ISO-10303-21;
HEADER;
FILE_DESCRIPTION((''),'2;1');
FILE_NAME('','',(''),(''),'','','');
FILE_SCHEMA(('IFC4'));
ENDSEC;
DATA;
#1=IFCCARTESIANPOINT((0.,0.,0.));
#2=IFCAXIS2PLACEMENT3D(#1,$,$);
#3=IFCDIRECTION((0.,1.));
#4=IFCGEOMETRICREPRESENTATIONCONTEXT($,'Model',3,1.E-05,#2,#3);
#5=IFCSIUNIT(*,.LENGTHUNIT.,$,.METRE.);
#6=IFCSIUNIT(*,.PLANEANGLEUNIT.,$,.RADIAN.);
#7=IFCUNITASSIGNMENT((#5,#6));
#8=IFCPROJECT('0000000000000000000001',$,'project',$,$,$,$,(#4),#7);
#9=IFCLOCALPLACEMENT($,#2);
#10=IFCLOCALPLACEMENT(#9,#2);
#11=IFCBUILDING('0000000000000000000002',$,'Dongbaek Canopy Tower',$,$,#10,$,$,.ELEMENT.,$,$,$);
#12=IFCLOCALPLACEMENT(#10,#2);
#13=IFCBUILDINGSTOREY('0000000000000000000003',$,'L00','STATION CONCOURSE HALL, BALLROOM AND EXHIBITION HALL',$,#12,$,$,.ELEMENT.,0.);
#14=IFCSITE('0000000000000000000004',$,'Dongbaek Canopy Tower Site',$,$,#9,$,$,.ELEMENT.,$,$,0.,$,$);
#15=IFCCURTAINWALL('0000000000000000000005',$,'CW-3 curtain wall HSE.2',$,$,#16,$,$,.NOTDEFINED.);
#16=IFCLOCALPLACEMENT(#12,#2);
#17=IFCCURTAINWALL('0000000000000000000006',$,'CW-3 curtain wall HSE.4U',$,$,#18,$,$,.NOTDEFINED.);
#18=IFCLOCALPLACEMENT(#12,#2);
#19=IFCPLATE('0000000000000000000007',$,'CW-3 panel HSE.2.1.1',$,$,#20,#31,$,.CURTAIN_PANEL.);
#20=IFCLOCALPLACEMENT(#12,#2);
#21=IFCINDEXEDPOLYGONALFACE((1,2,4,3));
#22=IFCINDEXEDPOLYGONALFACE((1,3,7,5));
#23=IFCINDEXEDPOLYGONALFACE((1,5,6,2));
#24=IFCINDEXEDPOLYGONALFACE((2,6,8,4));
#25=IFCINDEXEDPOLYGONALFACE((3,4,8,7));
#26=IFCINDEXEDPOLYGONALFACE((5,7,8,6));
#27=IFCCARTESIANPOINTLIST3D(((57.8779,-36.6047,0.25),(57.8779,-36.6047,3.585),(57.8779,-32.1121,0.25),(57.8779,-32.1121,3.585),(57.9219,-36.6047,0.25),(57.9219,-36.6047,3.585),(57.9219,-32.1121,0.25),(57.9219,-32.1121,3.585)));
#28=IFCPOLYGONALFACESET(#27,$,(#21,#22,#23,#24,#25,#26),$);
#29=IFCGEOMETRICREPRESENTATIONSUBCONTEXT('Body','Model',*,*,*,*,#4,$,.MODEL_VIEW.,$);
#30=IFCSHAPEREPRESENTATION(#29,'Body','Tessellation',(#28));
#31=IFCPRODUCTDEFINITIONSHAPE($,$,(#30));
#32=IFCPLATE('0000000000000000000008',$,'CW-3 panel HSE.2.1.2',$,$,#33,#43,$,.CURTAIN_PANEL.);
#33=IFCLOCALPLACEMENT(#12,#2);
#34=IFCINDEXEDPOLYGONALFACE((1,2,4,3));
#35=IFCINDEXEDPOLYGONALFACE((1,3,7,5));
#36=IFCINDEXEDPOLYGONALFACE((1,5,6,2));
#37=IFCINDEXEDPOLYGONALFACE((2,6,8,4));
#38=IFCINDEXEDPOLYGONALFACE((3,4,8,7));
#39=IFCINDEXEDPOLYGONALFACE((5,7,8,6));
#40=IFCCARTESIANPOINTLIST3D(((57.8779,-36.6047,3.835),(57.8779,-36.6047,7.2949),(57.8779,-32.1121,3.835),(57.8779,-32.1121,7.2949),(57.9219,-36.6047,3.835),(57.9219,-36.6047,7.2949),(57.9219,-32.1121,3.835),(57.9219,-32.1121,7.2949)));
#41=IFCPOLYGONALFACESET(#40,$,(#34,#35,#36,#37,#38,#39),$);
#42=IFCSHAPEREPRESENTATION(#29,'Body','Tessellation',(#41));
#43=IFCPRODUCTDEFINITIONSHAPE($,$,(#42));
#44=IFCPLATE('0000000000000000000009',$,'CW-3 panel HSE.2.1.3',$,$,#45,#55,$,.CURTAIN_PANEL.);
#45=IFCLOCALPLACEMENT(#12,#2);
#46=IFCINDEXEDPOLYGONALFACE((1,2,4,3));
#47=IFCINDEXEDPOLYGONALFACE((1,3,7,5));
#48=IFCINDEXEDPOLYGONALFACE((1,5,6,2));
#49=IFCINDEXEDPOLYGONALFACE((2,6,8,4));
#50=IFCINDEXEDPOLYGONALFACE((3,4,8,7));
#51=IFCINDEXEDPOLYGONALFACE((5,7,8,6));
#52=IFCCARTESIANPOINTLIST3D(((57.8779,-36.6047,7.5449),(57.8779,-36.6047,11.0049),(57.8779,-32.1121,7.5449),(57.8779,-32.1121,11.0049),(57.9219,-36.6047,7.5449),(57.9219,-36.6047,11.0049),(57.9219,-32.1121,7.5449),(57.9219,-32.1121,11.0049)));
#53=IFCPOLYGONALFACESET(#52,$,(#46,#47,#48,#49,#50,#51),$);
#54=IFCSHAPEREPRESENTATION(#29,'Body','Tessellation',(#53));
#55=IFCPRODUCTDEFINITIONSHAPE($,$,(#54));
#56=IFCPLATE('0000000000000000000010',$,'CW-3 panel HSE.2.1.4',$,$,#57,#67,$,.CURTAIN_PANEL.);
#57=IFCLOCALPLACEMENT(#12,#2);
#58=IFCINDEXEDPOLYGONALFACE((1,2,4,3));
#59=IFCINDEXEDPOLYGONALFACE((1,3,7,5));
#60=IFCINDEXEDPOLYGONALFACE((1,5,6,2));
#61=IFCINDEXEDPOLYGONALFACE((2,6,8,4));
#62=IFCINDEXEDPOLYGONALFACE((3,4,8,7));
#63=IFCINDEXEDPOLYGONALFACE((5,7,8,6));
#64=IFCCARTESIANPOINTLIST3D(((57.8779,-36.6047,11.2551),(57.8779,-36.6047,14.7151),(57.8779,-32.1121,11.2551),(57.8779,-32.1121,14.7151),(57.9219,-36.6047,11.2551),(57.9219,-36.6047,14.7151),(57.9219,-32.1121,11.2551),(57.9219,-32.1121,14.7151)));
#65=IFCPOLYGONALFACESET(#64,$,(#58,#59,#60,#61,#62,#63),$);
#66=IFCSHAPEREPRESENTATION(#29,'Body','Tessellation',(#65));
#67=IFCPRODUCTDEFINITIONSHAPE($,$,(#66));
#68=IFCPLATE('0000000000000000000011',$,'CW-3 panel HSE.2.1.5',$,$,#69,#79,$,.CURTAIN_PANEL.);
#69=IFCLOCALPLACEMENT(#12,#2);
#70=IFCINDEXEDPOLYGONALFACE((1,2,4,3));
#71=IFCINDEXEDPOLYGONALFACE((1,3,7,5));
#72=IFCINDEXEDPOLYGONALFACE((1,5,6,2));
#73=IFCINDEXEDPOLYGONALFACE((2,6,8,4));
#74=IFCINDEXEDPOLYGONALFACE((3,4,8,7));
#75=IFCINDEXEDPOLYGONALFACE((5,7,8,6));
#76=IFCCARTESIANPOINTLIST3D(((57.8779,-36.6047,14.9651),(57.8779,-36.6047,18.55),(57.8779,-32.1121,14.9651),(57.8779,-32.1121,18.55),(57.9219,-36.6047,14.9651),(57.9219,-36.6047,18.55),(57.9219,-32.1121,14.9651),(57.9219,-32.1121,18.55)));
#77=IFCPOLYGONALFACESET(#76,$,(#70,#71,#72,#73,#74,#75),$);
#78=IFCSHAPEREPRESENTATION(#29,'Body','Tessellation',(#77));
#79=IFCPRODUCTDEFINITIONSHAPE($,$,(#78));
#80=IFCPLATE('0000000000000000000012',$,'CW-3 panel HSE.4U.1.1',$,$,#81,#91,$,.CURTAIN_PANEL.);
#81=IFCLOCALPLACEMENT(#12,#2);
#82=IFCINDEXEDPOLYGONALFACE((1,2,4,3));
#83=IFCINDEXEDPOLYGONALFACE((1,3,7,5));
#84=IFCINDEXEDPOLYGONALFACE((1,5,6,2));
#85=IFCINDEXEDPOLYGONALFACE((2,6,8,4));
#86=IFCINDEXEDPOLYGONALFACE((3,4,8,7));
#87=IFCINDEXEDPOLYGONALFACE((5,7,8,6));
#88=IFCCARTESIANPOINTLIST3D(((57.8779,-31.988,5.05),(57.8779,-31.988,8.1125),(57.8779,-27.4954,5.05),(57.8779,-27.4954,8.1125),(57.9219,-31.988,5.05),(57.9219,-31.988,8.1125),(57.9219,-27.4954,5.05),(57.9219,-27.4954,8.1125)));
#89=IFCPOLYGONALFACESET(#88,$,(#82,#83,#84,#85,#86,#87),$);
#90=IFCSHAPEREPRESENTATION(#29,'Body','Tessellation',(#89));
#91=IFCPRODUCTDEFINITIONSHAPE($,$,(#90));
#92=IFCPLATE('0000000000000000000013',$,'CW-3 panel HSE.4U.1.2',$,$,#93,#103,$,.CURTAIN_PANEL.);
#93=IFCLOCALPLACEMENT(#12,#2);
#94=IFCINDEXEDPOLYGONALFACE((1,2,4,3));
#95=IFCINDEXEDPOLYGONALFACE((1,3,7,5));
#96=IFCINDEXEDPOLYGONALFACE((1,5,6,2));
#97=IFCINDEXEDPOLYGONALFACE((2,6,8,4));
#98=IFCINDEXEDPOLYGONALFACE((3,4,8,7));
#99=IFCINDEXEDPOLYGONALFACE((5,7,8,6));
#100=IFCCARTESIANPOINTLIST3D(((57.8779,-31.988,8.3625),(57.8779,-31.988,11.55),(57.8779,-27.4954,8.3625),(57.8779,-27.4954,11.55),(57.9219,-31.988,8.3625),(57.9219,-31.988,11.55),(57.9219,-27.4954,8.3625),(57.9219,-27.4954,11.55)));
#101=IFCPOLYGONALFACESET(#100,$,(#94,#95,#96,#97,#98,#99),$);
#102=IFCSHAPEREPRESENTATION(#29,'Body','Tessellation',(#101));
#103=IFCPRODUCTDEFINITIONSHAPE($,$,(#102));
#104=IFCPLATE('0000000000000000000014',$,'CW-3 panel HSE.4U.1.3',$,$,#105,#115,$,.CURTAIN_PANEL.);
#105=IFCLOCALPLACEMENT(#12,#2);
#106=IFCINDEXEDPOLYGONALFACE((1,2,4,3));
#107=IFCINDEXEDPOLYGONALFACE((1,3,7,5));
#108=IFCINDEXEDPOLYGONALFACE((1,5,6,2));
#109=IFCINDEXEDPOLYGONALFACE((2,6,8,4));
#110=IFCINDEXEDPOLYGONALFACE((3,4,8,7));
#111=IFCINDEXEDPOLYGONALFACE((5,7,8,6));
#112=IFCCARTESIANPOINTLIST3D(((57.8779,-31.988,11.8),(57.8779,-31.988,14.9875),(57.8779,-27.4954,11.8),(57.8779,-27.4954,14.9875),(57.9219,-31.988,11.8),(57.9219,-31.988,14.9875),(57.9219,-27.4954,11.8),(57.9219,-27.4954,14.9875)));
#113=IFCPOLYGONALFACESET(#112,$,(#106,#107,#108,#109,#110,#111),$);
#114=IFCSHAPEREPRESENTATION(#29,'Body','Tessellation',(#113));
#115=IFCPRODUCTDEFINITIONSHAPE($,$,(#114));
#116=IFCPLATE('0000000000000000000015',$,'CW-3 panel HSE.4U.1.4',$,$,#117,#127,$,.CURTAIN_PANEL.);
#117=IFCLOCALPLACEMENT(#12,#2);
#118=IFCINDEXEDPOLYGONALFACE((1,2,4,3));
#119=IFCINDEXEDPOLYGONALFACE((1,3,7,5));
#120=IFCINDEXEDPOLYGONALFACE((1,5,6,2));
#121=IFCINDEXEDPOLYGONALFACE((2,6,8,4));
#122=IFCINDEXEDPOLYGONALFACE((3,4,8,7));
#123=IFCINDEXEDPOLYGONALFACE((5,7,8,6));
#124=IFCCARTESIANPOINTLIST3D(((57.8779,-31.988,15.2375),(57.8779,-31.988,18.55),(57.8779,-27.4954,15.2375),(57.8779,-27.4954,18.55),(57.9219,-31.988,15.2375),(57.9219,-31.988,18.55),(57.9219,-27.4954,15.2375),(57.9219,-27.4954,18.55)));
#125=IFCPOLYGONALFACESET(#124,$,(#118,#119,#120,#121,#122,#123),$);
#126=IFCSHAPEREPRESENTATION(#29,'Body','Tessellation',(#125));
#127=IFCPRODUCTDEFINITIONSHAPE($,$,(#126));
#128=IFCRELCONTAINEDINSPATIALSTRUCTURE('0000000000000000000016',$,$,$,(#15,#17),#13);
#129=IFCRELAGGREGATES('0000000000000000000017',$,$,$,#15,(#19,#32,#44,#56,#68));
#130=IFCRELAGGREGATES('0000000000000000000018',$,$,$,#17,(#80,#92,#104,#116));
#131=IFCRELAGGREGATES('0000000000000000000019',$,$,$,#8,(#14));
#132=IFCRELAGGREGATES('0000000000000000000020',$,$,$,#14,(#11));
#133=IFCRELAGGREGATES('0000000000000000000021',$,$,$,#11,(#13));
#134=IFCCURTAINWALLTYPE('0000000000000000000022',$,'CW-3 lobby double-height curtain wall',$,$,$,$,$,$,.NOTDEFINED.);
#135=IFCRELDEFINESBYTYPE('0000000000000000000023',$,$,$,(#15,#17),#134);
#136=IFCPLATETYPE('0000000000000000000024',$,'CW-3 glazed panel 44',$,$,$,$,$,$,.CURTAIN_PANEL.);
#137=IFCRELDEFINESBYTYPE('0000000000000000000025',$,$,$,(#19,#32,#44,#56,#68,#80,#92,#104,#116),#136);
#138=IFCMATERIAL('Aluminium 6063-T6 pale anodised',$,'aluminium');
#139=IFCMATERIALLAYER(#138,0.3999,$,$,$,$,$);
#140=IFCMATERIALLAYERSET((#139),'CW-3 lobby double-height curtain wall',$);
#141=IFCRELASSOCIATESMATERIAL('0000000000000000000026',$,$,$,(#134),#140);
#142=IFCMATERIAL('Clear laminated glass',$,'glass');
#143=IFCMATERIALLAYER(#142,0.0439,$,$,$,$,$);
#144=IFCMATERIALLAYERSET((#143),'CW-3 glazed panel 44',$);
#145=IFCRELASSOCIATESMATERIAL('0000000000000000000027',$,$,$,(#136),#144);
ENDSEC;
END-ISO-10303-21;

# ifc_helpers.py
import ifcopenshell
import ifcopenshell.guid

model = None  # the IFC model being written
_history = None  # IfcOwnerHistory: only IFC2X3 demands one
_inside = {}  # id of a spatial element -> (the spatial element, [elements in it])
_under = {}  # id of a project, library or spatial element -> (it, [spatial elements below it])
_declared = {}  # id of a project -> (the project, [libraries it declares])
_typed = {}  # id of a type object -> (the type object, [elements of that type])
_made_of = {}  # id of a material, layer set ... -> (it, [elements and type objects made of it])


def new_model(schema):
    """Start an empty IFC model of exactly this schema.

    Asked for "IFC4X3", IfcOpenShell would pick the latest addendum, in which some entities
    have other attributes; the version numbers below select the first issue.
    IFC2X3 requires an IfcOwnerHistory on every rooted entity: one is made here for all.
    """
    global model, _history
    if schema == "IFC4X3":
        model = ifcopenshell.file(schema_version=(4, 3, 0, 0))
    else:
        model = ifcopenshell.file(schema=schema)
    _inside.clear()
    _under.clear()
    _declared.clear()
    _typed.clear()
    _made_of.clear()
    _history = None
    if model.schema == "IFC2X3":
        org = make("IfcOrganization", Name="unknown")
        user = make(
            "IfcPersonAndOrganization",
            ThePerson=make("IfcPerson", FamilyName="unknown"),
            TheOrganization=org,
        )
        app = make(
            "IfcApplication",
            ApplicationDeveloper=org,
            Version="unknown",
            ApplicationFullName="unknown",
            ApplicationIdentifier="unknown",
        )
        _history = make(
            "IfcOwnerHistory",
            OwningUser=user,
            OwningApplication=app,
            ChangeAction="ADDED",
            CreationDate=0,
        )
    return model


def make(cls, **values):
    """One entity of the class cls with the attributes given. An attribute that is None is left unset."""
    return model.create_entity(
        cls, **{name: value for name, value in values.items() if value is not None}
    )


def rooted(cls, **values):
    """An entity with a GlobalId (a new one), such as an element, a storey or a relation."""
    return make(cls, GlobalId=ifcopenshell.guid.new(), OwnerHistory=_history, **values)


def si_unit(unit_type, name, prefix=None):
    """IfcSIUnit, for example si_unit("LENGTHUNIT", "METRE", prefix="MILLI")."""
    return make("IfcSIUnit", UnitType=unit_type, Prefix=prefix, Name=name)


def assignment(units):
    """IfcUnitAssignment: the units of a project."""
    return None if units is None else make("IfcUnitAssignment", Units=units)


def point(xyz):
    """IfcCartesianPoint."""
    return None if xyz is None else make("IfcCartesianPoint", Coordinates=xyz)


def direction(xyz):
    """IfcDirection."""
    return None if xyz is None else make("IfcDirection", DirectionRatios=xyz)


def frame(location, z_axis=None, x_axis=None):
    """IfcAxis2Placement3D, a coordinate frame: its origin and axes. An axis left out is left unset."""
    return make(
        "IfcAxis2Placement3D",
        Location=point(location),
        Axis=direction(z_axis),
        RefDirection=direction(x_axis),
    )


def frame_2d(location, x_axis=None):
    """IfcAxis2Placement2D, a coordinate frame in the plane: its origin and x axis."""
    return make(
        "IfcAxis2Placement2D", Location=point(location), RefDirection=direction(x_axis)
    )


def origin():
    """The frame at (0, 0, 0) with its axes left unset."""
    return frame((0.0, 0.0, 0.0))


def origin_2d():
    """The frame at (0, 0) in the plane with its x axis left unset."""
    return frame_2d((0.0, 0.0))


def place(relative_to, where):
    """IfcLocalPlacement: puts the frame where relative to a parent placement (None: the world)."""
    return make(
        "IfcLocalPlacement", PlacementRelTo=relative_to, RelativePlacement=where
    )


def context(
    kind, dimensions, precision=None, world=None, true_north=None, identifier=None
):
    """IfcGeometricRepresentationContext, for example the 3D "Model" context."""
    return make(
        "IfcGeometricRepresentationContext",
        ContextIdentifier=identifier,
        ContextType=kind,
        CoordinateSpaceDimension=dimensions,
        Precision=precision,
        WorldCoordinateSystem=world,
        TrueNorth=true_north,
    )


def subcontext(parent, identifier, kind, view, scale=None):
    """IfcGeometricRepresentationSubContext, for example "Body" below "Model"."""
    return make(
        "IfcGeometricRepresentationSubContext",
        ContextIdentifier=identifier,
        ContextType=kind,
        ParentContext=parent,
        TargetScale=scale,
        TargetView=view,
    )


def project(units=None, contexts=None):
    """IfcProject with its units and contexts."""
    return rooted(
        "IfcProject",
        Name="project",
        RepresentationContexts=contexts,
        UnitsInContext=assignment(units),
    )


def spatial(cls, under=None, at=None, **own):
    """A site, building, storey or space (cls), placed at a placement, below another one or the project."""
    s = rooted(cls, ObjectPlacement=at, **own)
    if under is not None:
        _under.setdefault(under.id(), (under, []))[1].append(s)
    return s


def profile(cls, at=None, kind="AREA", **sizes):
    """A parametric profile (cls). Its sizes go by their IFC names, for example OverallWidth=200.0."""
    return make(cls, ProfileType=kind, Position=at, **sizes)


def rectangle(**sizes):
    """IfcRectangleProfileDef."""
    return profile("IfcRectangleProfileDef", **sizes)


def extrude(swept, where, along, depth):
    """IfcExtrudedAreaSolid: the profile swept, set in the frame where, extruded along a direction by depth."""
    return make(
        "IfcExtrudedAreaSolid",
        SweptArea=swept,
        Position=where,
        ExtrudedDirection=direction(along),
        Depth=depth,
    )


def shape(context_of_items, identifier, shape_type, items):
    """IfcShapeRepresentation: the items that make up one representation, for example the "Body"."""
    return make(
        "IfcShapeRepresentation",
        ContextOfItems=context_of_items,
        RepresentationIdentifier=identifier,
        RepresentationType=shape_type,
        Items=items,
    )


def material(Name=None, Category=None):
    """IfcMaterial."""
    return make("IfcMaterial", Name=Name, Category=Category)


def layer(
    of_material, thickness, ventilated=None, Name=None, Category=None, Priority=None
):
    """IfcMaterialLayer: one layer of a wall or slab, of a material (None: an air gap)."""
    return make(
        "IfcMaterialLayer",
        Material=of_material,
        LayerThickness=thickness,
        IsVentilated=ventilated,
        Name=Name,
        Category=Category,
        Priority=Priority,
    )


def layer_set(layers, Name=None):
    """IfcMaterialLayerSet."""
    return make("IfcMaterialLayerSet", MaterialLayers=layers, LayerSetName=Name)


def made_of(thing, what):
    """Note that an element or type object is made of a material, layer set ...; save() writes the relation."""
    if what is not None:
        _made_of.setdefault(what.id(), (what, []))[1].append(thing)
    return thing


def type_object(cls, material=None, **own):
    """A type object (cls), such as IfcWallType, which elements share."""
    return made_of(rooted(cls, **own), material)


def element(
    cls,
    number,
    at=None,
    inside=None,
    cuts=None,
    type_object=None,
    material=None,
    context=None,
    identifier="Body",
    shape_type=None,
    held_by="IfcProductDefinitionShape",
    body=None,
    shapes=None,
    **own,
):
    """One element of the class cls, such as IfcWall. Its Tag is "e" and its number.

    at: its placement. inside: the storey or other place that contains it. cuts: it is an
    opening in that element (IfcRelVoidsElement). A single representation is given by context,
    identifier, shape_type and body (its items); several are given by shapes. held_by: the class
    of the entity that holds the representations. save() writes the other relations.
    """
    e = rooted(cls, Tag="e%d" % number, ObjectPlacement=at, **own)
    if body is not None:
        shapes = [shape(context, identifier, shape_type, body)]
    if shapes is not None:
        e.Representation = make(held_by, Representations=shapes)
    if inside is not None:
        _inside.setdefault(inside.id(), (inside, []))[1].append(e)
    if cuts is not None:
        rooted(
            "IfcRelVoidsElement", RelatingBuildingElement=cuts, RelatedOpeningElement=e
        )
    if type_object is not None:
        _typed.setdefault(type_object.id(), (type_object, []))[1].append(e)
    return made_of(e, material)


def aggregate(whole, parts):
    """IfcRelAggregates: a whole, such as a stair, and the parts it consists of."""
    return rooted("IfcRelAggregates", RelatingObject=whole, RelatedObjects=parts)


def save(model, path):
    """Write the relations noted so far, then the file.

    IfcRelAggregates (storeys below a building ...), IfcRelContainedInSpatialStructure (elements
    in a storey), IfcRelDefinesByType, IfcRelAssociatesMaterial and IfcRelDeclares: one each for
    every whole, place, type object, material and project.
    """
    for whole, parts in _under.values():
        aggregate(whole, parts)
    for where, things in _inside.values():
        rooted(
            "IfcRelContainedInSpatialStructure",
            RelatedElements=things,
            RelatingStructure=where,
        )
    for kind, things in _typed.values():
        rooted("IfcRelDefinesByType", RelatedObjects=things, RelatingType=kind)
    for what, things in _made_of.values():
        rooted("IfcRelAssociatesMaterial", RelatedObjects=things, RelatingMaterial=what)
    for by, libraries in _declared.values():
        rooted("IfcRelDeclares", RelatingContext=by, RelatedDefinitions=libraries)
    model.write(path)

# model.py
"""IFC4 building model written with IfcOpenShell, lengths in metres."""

from ifc_helpers import new_model, si_unit, direction, frame, origin, origin_2d, place, context, subcontext, project, spatial, rectangle, extrude, material, layer, layer_set, type_object, element, aggregate, save


model = new_model("IFC4")

# Units and contexts
model_context = context("Model", 3, precision=1e-05, world=origin(), true_north=direction((0.0, 1.0)))
body_context = subcontext(model_context, "Body", "Model", "MODEL_VIEW")
ifc_project = project(units=[si_unit("LENGTHUNIT", "METRE"), si_unit("PLANEANGLEUNIT", "RADIAN")], contexts=[model_context])

# Site, building, storey
site_placement = place(None, origin())
site = spatial("IfcSite", under=ifc_project, at=site_placement, Name="Dongbaek Canopy Tower Site", CompositionType="ELEMENT", RefElevation=0.0)
building_placement = place(site_placement, origin())
building = spatial("IfcBuilding", under=site, at=building_placement, Name="Dongbaek Canopy Tower", CompositionType="ELEMENT")
storey_placement = place(building_placement, origin())
storey = spatial("IfcBuildingStorey", under=building, at=storey_placement, Name="L00", Description="STATION CONCOURSE HALL, BALLROOM AND EXHIBITION HALL", CompositionType="ELEMENT", Elevation=0.0)

# Curtain walls
ifc_material_1 = material(Name="Aluminium 6063-T6 pale anodised", Category="aluminium")
ifc_layer_1 = layer(ifc_material_1, 0.3999)
ifc_layer_set_1 = layer_set([ifc_layer_1], Name="CW-3 lobby double-height curtain wall")
curtain_wall_type = type_object("IfcCurtainWallType", Name="CW-3 lobby double-height curtain wall", PredefinedType="NOTDEFINED", material=ifc_layer_set_1)
curtain_wall_1_placement = place(storey_placement, origin())
curtain_wall_1 = element("IfcCurtainWall", 1, at=curtain_wall_1_placement, inside=storey, type_object=curtain_wall_type, Name="CW-3 curtain wall HSE.2", PredefinedType="NOTDEFINED")
curtain_wall_2_placement = place(storey_placement, origin())
curtain_wall_2 = element("IfcCurtainWall", 2, at=curtain_wall_2_placement, inside=storey, type_object=curtain_wall_type, Name="CW-3 curtain wall HSE.4U", PredefinedType="NOTDEFINED")

# Plates
ifc_material_2 = material(Name="Clear laminated glass", Category="glass")
ifc_layer_2 = layer(ifc_material_2, 0.0439)
ifc_layer_set_2 = layer_set([ifc_layer_2], Name="CW-3 glazed panel 44")
plate_type = type_object("IfcPlateType", Name="CW-3 glazed panel 44", PredefinedType="CURTAIN_PANEL", material=ifc_layer_set_2)
plate_1_placement = place(storey_placement, frame((57.8999, -34.3584, 0.25), z_axis=(0.0, 0.0, 1.0), x_axis=(0.0, 1.0, 0.0)))
plate_1 = element("IfcPlate", 3, at=plate_1_placement, type_object=plate_type, Name="CW-3 panel HSE.2.1.1", PredefinedType="CURTAIN_PANEL", context=body_context, shape_type="SweptSolid", body=[
    extrude(rectangle(XDim=4.4927, YDim=0.0439, at=origin_2d()), origin(), (0.0, 0.0, 1.0), 3.335),
])
plate_2_placement = place(storey_placement, frame((57.8999, -34.3584, 3.835), z_axis=(0.0, 0.0, 1.0), x_axis=(0.0, 1.0, 0.0)))
plate_2 = element("IfcPlate", 4, at=plate_2_placement, type_object=plate_type, Name="CW-3 panel HSE.2.1.2", PredefinedType="CURTAIN_PANEL", context=body_context, shape_type="SweptSolid", body=[
    extrude(rectangle(XDim=4.4927, YDim=0.0439, at=origin_2d()), origin(), (0.0, 0.0, 1.0), 3.46),
])
plate_3_placement = place(storey_placement, frame((57.8999, -34.3584, 7.5449), z_axis=(0.0, 0.0, 1.0), x_axis=(0.0, 1.0, 0.0)))
plate_3 = element("IfcPlate", 5, at=plate_3_placement, type_object=plate_type, Name="CW-3 panel HSE.2.1.3", PredefinedType="CURTAIN_PANEL", context=body_context, shape_type="SweptSolid", body=[
    extrude(rectangle(XDim=4.4927, YDim=0.0439, at=origin_2d()), origin(), (0.0, 0.0, 1.0), 3.46),
])
plate_4_placement = place(storey_placement, frame((57.8999, -34.3584, 11.2551), z_axis=(0.0, 0.0, 1.0), x_axis=(0.0, 1.0, 0.0)))
plate_4 = element("IfcPlate", 6, at=plate_4_placement, type_object=plate_type, Name="CW-3 panel HSE.2.1.4", PredefinedType="CURTAIN_PANEL", context=body_context, shape_type="SweptSolid", body=[
    extrude(rectangle(XDim=4.4927, YDim=0.0439, at=origin_2d()), origin(), (0.0, 0.0, 1.0), 3.46),
])
plate_5_placement = place(storey_placement, frame((57.8999, -34.3584, 14.9651), z_axis=(0.0, 0.0, 1.0), x_axis=(0.0, 1.0, 0.0)))
plate_5 = element("IfcPlate", 7, at=plate_5_placement, type_object=plate_type, Name="CW-3 panel HSE.2.1.5", PredefinedType="CURTAIN_PANEL", context=body_context, shape_type="SweptSolid", body=[
    extrude(rectangle(XDim=4.4927, YDim=0.0439, at=origin_2d()), origin(), (0.0, 0.0, 1.0), 3.585),
])
aggregate(curtain_wall_1, [plate_1, plate_2, plate_3, plate_4, plate_5])
plate_6_placement = place(storey_placement, frame((57.8999, -29.7417, 5.05), z_axis=(0.0, 0.0, 1.0), x_axis=(0.0, 1.0, 0.0)))
plate_6 = element("IfcPlate", 8, at=plate_6_placement, type_object=plate_type, Name="CW-3 panel HSE.4U.1.1", PredefinedType="CURTAIN_PANEL", context=body_context, shape_type="SweptSolid", body=[
    extrude(rectangle(XDim=4.4927, YDim=0.0439, at=origin_2d()), origin(), (0.0, 0.0, 1.0), 3.0625),
])
plate_7_placement = place(storey_placement, frame((57.8999, -29.7417, 8.3625), z_axis=(0.0, 0.0, 1.0), x_axis=(0.0, 1.0, 0.0)))
plate_7 = element("IfcPlate", 9, at=plate_7_placement, type_object=plate_type, Name="CW-3 panel HSE.4U.1.2", PredefinedType="CURTAIN_PANEL", context=body_context, shape_type="SweptSolid", body=[
    extrude(rectangle(XDim=4.4927, YDim=0.0439, at=origin_2d()), origin(), (0.0, 0.0, 1.0), 3.1875),
])
plate_8_placement = place(storey_placement, frame((57.8999, -29.7417, 11.8), z_axis=(0.0, 0.0, 1.0), x_axis=(0.0, 1.0, 0.0)))
plate_8 = element("IfcPlate", 10, at=plate_8_placement, type_object=plate_type, Name="CW-3 panel HSE.4U.1.3", PredefinedType="CURTAIN_PANEL", context=body_context, shape_type="SweptSolid", body=[
    extrude(rectangle(XDim=4.4927, YDim=0.0439, at=origin_2d()), origin(), (0.0, 0.0, 1.0), 3.1875),
])
plate_9_placement = place(storey_placement, frame((57.8999, -29.7417, 15.2375), z_axis=(0.0, 0.0, 1.0), x_axis=(0.0, 1.0, 0.0)))
plate_9 = element("IfcPlate", 11, at=plate_9_placement, type_object=plate_type, Name="CW-3 panel HSE.4U.1.4", PredefinedType="CURTAIN_PANEL", context=body_context, shape_type="SweptSolid", body=[
    extrude(rectangle(XDim=4.4927, YDim=0.0439, at=origin_2d()), origin(), (0.0, 0.0, 1.0), 3.3125),
])
aggregate(curtain_wall_2, [plate_6, plate_7, plate_8, plate_9])

save(model, "model.ifc")
